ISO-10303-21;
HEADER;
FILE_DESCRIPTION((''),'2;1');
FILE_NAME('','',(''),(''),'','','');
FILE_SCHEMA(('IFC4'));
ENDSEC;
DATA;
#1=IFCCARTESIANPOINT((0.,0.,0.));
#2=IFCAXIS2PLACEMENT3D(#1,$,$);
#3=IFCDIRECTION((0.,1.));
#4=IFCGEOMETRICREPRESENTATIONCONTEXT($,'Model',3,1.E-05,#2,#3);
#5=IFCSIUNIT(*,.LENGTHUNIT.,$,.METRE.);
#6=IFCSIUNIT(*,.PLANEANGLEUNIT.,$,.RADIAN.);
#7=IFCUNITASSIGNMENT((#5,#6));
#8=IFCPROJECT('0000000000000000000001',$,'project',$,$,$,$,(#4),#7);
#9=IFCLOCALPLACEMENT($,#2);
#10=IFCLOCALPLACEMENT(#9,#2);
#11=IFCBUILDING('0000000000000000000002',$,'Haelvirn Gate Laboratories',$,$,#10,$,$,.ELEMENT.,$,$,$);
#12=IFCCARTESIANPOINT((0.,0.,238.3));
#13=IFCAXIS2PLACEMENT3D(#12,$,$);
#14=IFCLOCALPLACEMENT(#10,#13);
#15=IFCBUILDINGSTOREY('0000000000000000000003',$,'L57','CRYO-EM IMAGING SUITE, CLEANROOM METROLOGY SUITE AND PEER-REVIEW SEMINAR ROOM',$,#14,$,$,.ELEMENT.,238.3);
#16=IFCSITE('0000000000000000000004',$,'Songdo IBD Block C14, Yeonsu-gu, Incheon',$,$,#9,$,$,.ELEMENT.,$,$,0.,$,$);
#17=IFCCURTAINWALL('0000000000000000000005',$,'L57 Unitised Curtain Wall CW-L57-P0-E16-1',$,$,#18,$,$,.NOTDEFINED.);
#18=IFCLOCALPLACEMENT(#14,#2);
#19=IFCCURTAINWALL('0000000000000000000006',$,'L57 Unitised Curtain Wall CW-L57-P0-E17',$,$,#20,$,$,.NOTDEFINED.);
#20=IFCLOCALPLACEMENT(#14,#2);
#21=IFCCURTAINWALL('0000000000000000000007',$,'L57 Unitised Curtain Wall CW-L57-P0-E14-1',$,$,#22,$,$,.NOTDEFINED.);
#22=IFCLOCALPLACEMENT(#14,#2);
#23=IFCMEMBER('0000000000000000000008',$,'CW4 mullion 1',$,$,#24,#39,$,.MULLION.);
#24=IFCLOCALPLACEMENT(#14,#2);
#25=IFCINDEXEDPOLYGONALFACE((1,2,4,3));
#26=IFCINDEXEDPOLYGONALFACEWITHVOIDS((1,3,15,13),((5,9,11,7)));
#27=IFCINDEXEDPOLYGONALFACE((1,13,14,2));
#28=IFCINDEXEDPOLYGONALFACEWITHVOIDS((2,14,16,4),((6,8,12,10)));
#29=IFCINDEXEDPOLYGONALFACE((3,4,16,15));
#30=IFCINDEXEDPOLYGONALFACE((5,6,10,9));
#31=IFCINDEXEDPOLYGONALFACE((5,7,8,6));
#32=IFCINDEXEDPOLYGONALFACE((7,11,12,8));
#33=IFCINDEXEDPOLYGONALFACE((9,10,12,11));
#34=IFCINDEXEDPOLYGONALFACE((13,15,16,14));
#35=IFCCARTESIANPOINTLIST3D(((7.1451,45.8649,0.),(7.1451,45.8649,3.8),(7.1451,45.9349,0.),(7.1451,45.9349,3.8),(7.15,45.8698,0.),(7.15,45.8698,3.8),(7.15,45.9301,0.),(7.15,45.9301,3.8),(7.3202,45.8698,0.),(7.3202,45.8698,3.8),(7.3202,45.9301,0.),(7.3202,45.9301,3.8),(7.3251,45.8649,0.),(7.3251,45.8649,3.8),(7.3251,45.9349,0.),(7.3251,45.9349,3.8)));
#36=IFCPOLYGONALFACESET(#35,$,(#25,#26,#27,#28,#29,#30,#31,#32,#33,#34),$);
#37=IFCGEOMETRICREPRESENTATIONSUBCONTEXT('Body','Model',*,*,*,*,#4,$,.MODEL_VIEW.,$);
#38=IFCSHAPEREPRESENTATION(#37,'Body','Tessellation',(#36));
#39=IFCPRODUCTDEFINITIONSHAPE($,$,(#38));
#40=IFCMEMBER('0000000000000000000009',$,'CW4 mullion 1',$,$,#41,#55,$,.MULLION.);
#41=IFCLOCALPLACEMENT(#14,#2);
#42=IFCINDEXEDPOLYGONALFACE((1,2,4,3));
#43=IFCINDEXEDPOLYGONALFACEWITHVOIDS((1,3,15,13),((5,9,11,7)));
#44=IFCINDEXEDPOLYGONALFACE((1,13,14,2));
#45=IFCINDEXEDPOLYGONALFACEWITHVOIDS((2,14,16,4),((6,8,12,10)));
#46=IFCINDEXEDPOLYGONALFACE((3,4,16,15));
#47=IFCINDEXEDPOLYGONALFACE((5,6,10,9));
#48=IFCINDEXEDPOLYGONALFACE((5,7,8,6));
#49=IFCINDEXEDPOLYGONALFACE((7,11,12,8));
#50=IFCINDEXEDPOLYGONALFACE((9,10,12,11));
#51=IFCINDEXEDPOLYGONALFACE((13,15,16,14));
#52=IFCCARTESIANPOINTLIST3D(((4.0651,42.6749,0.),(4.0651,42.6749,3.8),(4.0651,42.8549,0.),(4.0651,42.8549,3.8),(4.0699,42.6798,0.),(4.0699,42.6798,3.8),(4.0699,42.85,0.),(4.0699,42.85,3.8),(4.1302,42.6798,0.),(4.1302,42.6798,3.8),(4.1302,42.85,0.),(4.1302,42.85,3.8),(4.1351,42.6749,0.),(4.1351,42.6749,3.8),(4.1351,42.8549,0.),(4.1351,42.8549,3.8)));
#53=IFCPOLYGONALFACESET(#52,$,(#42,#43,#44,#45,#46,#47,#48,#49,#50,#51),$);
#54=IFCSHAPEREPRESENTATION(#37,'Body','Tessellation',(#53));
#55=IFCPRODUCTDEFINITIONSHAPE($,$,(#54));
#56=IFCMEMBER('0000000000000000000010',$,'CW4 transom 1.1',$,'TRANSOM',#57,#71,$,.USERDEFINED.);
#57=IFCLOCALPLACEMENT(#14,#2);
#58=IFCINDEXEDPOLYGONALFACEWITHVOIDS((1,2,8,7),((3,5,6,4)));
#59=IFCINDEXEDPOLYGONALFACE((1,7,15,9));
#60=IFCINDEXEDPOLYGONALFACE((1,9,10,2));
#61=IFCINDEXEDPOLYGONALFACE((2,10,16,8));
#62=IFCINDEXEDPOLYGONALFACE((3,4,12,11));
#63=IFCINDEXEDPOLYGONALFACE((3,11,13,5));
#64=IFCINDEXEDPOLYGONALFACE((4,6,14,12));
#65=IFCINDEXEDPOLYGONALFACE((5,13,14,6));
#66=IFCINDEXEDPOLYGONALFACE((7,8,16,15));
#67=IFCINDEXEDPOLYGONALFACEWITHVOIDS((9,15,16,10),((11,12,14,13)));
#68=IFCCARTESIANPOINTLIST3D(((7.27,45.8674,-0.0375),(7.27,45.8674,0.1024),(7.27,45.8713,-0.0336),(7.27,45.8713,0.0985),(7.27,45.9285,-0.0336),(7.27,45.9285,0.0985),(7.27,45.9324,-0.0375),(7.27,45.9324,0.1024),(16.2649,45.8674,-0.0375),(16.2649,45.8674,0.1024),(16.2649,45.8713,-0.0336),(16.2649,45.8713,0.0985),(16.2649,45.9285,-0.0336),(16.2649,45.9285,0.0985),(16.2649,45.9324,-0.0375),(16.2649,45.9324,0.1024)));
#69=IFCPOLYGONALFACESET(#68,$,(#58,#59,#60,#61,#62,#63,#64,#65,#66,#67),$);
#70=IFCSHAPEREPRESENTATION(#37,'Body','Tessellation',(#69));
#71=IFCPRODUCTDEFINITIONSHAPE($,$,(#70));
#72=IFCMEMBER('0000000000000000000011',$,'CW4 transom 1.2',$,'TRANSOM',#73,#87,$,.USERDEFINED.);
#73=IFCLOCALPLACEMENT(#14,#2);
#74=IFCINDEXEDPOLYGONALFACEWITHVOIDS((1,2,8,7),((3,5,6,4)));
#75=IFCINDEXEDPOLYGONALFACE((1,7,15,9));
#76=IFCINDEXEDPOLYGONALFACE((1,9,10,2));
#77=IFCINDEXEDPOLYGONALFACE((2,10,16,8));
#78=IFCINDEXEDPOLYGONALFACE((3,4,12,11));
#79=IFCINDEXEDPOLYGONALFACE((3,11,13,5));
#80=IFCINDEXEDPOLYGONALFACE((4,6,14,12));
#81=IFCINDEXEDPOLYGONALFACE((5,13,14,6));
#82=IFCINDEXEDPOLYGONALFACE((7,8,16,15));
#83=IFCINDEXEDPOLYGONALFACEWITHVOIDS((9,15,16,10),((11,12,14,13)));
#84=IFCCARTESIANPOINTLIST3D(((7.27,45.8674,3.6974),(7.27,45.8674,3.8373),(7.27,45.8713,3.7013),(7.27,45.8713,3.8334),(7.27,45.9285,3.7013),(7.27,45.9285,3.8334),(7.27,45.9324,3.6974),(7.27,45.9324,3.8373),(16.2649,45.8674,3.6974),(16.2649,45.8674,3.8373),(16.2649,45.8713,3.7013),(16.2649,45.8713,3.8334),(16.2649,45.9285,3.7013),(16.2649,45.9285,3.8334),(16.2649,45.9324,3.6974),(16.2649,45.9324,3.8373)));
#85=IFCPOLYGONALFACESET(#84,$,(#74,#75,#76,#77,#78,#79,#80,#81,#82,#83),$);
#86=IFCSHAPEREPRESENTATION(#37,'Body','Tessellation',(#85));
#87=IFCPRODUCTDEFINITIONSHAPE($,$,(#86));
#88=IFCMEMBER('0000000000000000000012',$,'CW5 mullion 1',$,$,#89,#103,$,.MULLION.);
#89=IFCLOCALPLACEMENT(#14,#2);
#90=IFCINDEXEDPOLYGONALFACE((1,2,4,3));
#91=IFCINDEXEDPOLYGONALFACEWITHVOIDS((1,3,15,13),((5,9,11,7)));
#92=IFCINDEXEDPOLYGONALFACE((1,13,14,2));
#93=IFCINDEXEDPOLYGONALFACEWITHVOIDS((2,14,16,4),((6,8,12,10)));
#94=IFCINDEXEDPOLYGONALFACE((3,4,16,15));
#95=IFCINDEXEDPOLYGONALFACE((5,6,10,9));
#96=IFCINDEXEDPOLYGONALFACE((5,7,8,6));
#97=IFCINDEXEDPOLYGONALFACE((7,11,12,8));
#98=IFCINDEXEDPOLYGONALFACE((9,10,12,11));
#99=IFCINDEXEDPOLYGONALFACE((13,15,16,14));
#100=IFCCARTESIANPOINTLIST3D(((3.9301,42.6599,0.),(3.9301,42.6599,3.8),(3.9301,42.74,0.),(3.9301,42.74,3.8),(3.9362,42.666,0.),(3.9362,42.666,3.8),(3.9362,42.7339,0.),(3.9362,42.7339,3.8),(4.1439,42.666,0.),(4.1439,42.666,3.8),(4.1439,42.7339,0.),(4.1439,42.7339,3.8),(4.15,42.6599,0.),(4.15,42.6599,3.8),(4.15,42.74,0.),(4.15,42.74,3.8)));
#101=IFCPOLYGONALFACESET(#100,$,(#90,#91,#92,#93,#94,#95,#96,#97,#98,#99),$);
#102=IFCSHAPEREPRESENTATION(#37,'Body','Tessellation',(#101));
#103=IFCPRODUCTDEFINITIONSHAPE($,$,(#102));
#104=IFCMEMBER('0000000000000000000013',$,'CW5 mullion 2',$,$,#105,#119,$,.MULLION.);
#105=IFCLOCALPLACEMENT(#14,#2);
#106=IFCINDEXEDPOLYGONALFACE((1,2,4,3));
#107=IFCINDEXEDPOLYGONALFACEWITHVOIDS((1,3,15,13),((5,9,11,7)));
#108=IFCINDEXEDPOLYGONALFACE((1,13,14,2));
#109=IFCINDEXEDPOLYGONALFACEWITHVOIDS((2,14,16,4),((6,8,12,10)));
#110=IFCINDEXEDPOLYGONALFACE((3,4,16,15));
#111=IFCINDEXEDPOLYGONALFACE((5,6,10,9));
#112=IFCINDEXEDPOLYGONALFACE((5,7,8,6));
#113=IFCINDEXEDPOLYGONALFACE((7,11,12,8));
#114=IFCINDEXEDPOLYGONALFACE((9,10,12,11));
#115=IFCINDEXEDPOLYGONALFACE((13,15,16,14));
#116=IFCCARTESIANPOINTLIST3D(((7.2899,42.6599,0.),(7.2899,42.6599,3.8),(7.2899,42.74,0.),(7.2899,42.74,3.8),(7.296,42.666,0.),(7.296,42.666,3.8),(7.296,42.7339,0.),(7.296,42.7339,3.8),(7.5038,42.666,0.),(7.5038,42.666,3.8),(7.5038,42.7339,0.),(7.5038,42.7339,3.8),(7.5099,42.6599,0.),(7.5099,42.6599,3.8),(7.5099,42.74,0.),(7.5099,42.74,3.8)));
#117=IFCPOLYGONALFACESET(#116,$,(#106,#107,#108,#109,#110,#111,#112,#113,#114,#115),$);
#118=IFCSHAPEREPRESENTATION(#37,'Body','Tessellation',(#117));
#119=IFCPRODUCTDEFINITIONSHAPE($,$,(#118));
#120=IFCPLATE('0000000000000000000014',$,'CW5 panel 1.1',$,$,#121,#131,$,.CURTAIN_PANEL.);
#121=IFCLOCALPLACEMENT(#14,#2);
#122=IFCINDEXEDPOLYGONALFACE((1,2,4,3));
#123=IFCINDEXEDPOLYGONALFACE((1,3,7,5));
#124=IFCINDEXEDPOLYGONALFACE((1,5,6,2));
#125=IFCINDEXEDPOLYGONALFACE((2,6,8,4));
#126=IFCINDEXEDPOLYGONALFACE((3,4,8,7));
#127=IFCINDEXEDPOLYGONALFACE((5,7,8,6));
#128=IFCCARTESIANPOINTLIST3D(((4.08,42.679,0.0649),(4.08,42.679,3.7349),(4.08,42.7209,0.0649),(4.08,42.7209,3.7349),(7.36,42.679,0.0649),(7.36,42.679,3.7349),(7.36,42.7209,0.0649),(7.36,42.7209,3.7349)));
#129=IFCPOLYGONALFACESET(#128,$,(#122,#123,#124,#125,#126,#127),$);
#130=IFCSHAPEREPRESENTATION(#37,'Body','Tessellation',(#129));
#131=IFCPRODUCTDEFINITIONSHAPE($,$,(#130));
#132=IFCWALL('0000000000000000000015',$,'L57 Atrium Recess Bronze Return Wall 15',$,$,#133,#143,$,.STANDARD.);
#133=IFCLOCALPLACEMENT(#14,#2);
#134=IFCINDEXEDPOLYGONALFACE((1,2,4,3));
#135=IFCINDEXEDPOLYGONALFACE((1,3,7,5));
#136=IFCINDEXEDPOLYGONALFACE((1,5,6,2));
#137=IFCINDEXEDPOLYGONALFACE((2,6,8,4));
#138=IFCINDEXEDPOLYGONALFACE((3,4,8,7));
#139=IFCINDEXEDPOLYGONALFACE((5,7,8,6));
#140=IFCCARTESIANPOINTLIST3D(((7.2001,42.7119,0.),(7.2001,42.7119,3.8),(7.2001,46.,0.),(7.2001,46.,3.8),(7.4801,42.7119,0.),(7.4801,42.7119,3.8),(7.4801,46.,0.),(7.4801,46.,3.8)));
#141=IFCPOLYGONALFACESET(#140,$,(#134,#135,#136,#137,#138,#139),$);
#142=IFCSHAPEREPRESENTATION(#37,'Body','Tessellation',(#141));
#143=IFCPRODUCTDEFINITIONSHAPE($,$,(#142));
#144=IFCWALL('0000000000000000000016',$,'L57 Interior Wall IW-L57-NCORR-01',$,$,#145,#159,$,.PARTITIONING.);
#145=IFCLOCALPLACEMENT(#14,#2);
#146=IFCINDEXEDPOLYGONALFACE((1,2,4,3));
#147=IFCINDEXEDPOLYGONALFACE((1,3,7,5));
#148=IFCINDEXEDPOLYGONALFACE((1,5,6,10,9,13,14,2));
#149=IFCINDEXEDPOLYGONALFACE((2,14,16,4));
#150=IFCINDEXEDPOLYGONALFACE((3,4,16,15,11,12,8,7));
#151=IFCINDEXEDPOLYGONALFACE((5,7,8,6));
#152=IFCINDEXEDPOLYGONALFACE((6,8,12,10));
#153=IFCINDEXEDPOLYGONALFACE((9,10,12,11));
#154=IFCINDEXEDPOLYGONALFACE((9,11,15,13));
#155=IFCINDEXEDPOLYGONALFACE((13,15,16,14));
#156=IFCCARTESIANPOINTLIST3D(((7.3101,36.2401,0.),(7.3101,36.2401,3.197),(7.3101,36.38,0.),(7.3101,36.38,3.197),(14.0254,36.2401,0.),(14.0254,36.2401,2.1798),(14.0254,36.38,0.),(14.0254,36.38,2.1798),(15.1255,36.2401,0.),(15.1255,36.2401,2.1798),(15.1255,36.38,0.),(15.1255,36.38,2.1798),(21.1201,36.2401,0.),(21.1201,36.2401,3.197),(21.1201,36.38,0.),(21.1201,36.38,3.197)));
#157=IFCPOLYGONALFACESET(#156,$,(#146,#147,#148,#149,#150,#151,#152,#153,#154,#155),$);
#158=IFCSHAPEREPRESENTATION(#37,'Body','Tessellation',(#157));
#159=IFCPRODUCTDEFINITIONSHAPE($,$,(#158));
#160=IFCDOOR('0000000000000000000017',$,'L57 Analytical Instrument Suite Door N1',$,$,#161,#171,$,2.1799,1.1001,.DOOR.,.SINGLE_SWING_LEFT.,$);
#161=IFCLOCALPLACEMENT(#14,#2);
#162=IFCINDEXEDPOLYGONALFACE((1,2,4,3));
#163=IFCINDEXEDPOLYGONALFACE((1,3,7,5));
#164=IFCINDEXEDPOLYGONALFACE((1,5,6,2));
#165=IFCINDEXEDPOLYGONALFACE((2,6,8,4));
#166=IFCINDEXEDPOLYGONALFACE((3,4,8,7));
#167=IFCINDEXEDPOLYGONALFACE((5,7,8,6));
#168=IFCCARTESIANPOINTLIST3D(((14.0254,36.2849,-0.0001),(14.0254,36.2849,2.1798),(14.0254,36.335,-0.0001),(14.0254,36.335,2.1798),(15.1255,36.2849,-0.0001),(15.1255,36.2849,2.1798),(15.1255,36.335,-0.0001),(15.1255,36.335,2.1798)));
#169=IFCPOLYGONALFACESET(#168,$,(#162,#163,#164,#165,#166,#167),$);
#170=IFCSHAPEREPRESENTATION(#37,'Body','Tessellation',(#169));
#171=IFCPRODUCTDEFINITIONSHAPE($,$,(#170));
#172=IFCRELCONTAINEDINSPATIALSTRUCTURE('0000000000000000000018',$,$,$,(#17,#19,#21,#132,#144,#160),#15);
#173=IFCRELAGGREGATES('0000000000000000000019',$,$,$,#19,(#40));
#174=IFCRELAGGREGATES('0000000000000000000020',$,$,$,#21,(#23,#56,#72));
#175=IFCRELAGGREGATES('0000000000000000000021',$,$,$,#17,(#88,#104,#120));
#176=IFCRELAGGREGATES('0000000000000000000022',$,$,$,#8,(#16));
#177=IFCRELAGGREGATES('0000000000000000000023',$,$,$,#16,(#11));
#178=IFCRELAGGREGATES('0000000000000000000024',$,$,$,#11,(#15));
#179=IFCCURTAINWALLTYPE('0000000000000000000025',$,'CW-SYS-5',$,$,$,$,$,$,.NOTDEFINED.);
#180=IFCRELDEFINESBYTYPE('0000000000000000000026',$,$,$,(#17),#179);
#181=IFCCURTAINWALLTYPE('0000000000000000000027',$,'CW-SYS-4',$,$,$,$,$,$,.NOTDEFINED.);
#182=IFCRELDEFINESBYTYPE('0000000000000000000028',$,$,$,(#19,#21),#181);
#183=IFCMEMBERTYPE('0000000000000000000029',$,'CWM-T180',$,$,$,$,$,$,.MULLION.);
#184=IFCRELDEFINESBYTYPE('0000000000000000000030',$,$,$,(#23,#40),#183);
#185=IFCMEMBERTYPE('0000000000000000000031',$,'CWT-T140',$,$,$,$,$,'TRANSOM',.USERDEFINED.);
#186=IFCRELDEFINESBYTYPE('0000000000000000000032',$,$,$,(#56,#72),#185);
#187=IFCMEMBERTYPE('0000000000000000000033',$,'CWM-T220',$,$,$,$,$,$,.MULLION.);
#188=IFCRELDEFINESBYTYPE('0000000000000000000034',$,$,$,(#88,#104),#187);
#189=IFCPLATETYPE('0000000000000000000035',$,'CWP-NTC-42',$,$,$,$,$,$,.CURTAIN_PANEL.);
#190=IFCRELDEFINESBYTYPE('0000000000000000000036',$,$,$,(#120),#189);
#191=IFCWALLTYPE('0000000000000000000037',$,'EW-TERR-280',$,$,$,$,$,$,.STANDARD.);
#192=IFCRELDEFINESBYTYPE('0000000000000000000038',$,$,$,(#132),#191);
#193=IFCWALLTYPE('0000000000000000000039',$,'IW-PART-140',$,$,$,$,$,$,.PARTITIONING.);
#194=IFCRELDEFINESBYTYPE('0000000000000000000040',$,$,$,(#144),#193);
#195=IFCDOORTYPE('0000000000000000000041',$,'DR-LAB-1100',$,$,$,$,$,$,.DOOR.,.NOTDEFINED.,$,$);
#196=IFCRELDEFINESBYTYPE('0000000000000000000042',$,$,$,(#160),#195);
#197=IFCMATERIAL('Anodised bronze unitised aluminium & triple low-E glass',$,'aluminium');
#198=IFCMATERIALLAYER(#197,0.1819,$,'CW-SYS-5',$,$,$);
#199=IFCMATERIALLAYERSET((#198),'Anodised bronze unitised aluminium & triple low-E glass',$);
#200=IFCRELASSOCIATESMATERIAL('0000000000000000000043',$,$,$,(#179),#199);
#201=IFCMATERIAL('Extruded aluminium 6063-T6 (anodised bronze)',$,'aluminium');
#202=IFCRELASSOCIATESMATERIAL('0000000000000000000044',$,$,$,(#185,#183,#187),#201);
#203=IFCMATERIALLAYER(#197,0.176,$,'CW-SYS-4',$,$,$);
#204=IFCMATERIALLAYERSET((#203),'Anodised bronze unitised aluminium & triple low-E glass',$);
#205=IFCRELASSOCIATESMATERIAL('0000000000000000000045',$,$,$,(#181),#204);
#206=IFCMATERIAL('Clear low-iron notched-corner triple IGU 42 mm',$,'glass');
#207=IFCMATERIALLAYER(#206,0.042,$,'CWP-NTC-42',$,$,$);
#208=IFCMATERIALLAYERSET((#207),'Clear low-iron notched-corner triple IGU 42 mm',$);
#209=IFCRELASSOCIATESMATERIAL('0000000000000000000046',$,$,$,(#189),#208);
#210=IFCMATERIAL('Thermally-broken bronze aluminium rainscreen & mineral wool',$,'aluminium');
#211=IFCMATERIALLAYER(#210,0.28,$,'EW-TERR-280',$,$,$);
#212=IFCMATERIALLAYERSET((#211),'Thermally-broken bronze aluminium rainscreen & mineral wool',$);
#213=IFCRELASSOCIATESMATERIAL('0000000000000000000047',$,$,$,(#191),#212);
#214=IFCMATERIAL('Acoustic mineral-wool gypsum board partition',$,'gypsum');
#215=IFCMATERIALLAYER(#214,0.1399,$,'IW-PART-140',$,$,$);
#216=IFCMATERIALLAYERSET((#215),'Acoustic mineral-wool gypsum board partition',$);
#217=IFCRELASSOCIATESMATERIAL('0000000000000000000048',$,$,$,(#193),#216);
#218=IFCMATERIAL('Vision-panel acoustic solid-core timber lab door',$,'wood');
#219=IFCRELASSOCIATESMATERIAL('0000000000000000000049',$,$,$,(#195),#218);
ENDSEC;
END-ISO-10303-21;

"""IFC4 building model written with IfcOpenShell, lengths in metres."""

from ifc_helpers import new_model, si_unit, direction, frame, frame_2d, origin, origin_2d, place, context, subcontext, project, spatial, rectangle, hollow_rectangle, extrude, source, transform, mapped, material, layer, layer_set, material_profile, profile_set, type_object, type_shapes, element, fill, aggregate, save


model = new_model("IFC4")

# Units and contexts
model_context = context("Model", 3, precision=1e-05, world=origin(), true_north=direction((0.0, 1.0)))
body_context = subcontext(model_context, "Body", "Model", "MODEL_VIEW")
ifc_project = project(units=[si_unit("LENGTHUNIT", "METRE"), si_unit("PLANEANGLEUNIT", "RADIAN")], contexts=[model_context])

# Site, building, storey
site_placement = place(None, origin())
site = spatial("IfcSite", under=ifc_project, at=site_placement, Name="Songdo IBD Block C14, Yeonsu-gu, Incheon", CompositionType="ELEMENT", RefElevation=0.0)
building_placement = place(site_placement, origin())
building = spatial("IfcBuilding", under=site, at=building_placement, Name="Haelvirn Gate Laboratories", CompositionType="ELEMENT")
storey_placement = place(building_placement, frame((0.0, 0.0, 238.3)))
storey = spatial("IfcBuildingStorey", under=building, at=storey_placement, Name="L57", Description="CRYO-EM IMAGING SUITE, CLEANROOM METROLOGY SUITE AND PEER-REVIEW SEMINAR ROOM", CompositionType="ELEMENT", Elevation=238.3)

# Curtain walls
ifc_material_1 = material(Name="Anodised bronze unitised aluminium & triple low-E glass", Category="aluminium")
ifc_layer_1 = layer(ifc_material_1, 0.1819, Name="CW-SYS-5")
ifc_layer_set_1 = layer_set([ifc_layer_1], Name="Anodised bronze unitised aluminium & triple low-E glass")
curtain_wall_type_1 = type_object("IfcCurtainWallType", Name="CW-SYS-5", PredefinedType="NOTDEFINED", material=ifc_layer_set_1)
curtain_wall_1_placement = place(storey_placement, origin())
curtain_wall_1 = element("IfcCurtainWall", 1, at=curtain_wall_1_placement, inside=storey, type_object=curtain_wall_type_1, Name="L57 Unitised Curtain Wall CW-L57-P0-E16-1", PredefinedType="NOTDEFINED")
ifc_material_2 = material(Name="Extruded aluminium 6063-T6 (anodised bronze)", Category="aluminium")
ifc_material_profile_1 = material_profile(ifc_material_2, hollow_rectangle(XDim=0.0649, YDim=0.1399, WallThickness=0.0039, at=origin_2d()), Name="CWT-140x65x4")
ifc_profile_set_1 = profile_set([ifc_material_profile_1], Name="Extruded aluminium 6063-T6 (anodised bronze)")
member_type_1 = type_object("IfcMemberType", Name="CWT-T140", ElementType="TRANSOM", PredefinedType="USERDEFINED", material=ifc_profile_set_1)
ifc_layer_2 = layer(ifc_material_1, 0.176, Name="CW-SYS-4")
ifc_layer_set_2 = layer_set([ifc_layer_2], Name="Anodised bronze unitised aluminium & triple low-E glass")
curtain_wall_type_2 = type_object("IfcCurtainWallType", Name="CW-SYS-4", PredefinedType="NOTDEFINED", material=ifc_layer_set_2)
curtain_wall_2_placement = place(storey_placement, origin())
curtain_wall_2 = element("IfcCurtainWall", 2, at=curtain_wall_2_placement, inside=storey, type_object=curtain_wall_type_2, Name="L57 Unitised Curtain Wall CW-L57-P0-E17", PredefinedType="NOTDEFINED")

# Curtain wall, member
curtain_wall_3_placement = place(storey_placement, origin())
curtain_wall_3 = element("IfcCurtainWall", 3, at=curtain_wall_3_placement, inside=storey, type_object=curtain_wall_type_2, Name="L57 Unitised Curtain Wall CW-L57-P0-E14-1", PredefinedType="NOTDEFINED")
ifc_material_profile_2 = material_profile(ifc_material_2, hollow_rectangle(XDim=0.0701, YDim=0.1799, WallThickness=0.0049, at=origin_2d()), Name="CWM-180x70x5")
ifc_profile_set_2 = profile_set([ifc_material_profile_2], Name="Extruded aluminium 6063-T6 (anodised bronze)")
member_type_2 = type_object("IfcMemberType", Name="CWM-T180", PredefinedType="MULLION", material=ifc_profile_set_2)
shared_shape_1 = source(origin(), body_context, "Body", "SweptSolid", [
    extrude(hollow_rectangle(XDim=0.0701, YDim=0.1799, WallThickness=0.0049, at=origin_2d()), origin(), (0.0, 0.0, 1.0), 3.8),
])
type_shapes(member_type_2, [shared_shape_1])
member_1_placement = place(storey_placement, frame((7.2351, 45.8999, 0.0), z_axis=(0.0, 0.0, 1.0), x_axis=(0.0, 1.0, 0.0)))
member_1 = element("IfcMember", 4, at=member_1_placement, type_object=member_type_2, Name="CW4 mullion 1", PredefinedType="MULLION", context=body_context, shape_type="MappedRepresentation", body=[
    mapped(shared_shape_1, transform((0.0, 0.0, 0.0), scale=1.0)),
])

# Members
member_2_placement = place(storey_placement, frame((4.1001, 42.7649, 0.0), z_axis=(0.0, 0.0, 1.0), x_axis=(1.0, 0.0, 0.0)))
member_2 = element("IfcMember", 5, at=member_2_placement, type_object=member_type_2, Name="CW4 mullion 1", PredefinedType="MULLION", context=body_context, shape_type="MappedRepresentation", body=[
    mapped(shared_shape_1, transform((0.0, 0.0, 0.0), scale=1.0)),
])
aggregate(curtain_wall_2, [member_2])
shared_shape_2 = source(origin(), body_context, "Body", "SweptSolid", [
    extrude(hollow_rectangle(XDim=0.0649, YDim=0.1399, WallThickness=0.0039, at=origin_2d()), origin(), (0.0, 0.0, 1.0), 8.9949),
])
member_3_placement = place(storey_placement, frame((7.27, 45.8999, 0.0325), z_axis=(1.0, 0.0, 0.0), x_axis=(0.0, 1.0, 0.0)))
member_3 = element("IfcMember", 6, at=member_3_placement, type_object=member_type_1, Name="CW4 transom 1.1", ObjectType="TRANSOM", PredefinedType="USERDEFINED", context=body_context, shape_type="MappedRepresentation", body=[
    mapped(shared_shape_2, transform((0.0, 0.0, 0.0), scale=1.0)),
])
member_4_placement = place(storey_placement, frame((7.27, 45.8999, 3.7673), z_axis=(1.0, 0.0, 0.0), x_axis=(0.0, 1.0, 0.0)))
member_4 = element("IfcMember", 7, at=member_4_placement, type_object=member_type_1, Name="CW4 transom 1.2", ObjectType="TRANSOM", PredefinedType="USERDEFINED", context=body_context, shape_type="MappedRepresentation", body=[
    mapped(shared_shape_2, transform((0.0, 0.0, 0.0), scale=1.0)),
])
aggregate(curtain_wall_3, [member_1, member_3, member_4])
ifc_material_profile_3 = material_profile(ifc_material_2, hollow_rectangle(XDim=0.0801, YDim=0.22, WallThickness=0.0061, at=origin_2d()), Name="CWM-220x80x6")
ifc_profile_set_3 = profile_set([ifc_material_profile_3], Name="Extruded aluminium 6063-T6 (anodised bronze)")
member_type_3 = type_object("IfcMemberType", Name="CWM-T220", PredefinedType="MULLION", material=ifc_profile_set_3)
shared_shape_3 = source(origin(), body_context, "Body", "SweptSolid", [
    extrude(hollow_rectangle(XDim=0.0801, YDim=0.22, WallThickness=0.0061, at=origin_2d()), origin(), (0.0, 0.0, 1.0), 3.8),
])
type_shapes(member_type_3, [shared_shape_3])
member_5_placement = place(storey_placement, frame((4.04, 42.7, 0.0), z_axis=(0.0, 0.0, 1.0), x_axis=(0.0, 1.0, 0.0)))
member_5 = element("IfcMember", 8, at=member_5_placement, type_object=member_type_3, Name="CW5 mullion 1", PredefinedType="MULLION", context=body_context, shape_type="MappedRepresentation", body=[
    mapped(shared_shape_3, transform((0.0, 0.0, 0.0), scale=1.0)),
])
member_6_placement = place(storey_placement, frame((7.3999, 42.7, 0.0), z_axis=(0.0, 0.0, 1.0), x_axis=(0.0, 1.0, 0.0)))
member_6 = element("IfcMember", 9, at=member_6_placement, type_object=member_type_3, Name="CW5 mullion 2", PredefinedType="MULLION", context=body_context, shape_type="MappedRepresentation", body=[
    mapped(shared_shape_3, transform((0.0, 0.0, 0.0), scale=1.0)),
])

# Plate
ifc_material_3 = material(Name="Clear low-iron notched-corner triple IGU 42 mm", Category="glass")
ifc_layer_3 = layer(ifc_material_3, 0.042, Name="CWP-NTC-42")
ifc_layer_set_3 = layer_set([ifc_layer_3], Name="Clear low-iron notched-corner triple IGU 42 mm")
plate_type = type_object("IfcPlateType", Name="CWP-NTC-42", PredefinedType="CURTAIN_PANEL", material=ifc_layer_set_3)
shared_shape_4 = source(origin(), body_context, "Body", "SweptSolid", [
    extrude(rectangle(XDim=3.28, YDim=0.042, at=origin_2d()), origin(), (0.0, 0.0, 1.0), 3.6699),
])
type_shapes(plate_type, [shared_shape_4])
plate_placement = place(storey_placement, frame((5.72, 42.7, 0.0649), z_axis=(0.0, 0.0, 1.0), x_axis=(1.0, 0.0, 0.0)))
plate = element("IfcPlate", 10, at=plate_placement, type_object=plate_type, Name="CW5 panel 1.1", PredefinedType="CURTAIN_PANEL", context=body_context, shape_type="MappedRepresentation", body=[
    mapped(shared_shape_4, transform((0.0, 0.0, 0.0), scale=1.0)),
])
aggregate(curtain_wall_1, [member_5, member_6, plate])

# Wall
ifc_material_4 = material(Name="Thermally-broken bronze aluminium rainscreen & mineral wool", Category="aluminium")
ifc_layer_4 = layer(ifc_material_4, 0.28, Name="EW-TERR-280")
ifc_layer_set_4 = layer_set([ifc_layer_4], Name="Thermally-broken bronze aluminium rainscreen & mineral wool")
wall_type_1 = type_object("IfcWallType", Name="EW-TERR-280", PredefinedType="STANDARD", material=ifc_layer_set_4)
wall_1_placement = place(storey_placement, frame((7.3401, 46.0, 0.0), z_axis=(0.0, 0.0, 1.0), x_axis=(0.0, -1.0, 0.0)))
element("IfcWall", 11, at=wall_1_placement, inside=storey, type_object=wall_type_1, Name="L57 Atrium Recess Bronze Return Wall 15", PredefinedType="STANDARD", context=body_context, shape_type="SweptSolid", body=[
    extrude(rectangle(XDim=3.2881, YDim=0.28, at=frame_2d((1.644, 0.0))), origin(), (0.0, 0.0, 1.0), 3.8),
])

# Wall, opening, door
ifc_material_5 = material(Name="Acoustic mineral-wool gypsum board partition", Category="gypsum")
ifc_layer_5 = layer(ifc_material_5, 0.1399, Name="IW-PART-140")
ifc_layer_set_5 = layer_set([ifc_layer_5], Name="Acoustic mineral-wool gypsum board partition")
wall_type_2 = type_object("IfcWallType", Name="IW-PART-140", PredefinedType="PARTITIONING", material=ifc_layer_set_5)
wall_2_placement = place(storey_placement, frame((7.3101, 36.3101, 0.0), z_axis=(0.0, 0.0, 1.0), x_axis=(1.0, 0.0, 0.0)))
wall_2 = element("IfcWall", 12, at=wall_2_placement, inside=storey, type_object=wall_type_2, Name="L57 Interior Wall IW-L57-NCORR-01", PredefinedType="PARTITIONING", context=body_context, shape_type="SweptSolid", body=[
    extrude(rectangle(XDim=13.8101, YDim=0.1399, at=frame_2d((6.905, 0.0))), origin(), (0.0, 0.0, 1.0), 3.197),
])
opening_1_placement = place(wall_2_placement, frame((6.7153, 0.0, 0.0)))
opening_1 = element("IfcOpeningElement", 13, at=opening_1_placement, cuts=wall_2, PredefinedType="OPENING", context=body_context, shape_type="SweptSolid", body=[
    extrude(rectangle(XDim=1.1001, YDim=2.1799, at=frame_2d((0.55, 1.0898))), frame((0.0, 0.0801, 0.0), z_axis=(0.0, -1.0, 0.0), x_axis=(1.0, 0.0, 0.0)), (0.0, 0.0, 1.0), 0.1599),
])
ifc_material_6 = material(Name="Vision-panel acoustic solid-core timber lab door", Category="wood")
door_type_1 = type_object("IfcDoorType", Name="DR-LAB-1100", OperationType="NOTDEFINED", PredefinedType="DOOR", material=ifc_material_6)
shared_shape_5 = source(origin(), body_context, "Body", "SweptSolid", [
    extrude(rectangle(XDim=1.1001, YDim=2.1799, at=frame_2d((0.55, 1.0898))), frame((0.0, 0.0249, 0.0), z_axis=(0.0, -1.0, 0.0), x_axis=(1.0, 0.0, 0.0)), (0.0, 0.0, 1.0), 0.05),
])
type_shapes(door_type_1, [shared_shape_5])
door_1_placement = place(opening_1_placement, origin())
door_1 = element("IfcDoor", 14, at=door_1_placement, inside=storey, type_object=door_type_1, Name="L57 Analytical Instrument Suite Door N1", OperationType="SINGLE_SWING_LEFT", OverallHeight=2.1799, OverallWidth=1.1001, PredefinedType="DOOR", context=body_context, shape_type="MappedRepresentation", body=[
    mapped(shared_shape_5, transform((0.0, 0.0, 0.0), scale=1.0)),
])
fill(opening_1, door_1)

save(model, "model.ifc")
